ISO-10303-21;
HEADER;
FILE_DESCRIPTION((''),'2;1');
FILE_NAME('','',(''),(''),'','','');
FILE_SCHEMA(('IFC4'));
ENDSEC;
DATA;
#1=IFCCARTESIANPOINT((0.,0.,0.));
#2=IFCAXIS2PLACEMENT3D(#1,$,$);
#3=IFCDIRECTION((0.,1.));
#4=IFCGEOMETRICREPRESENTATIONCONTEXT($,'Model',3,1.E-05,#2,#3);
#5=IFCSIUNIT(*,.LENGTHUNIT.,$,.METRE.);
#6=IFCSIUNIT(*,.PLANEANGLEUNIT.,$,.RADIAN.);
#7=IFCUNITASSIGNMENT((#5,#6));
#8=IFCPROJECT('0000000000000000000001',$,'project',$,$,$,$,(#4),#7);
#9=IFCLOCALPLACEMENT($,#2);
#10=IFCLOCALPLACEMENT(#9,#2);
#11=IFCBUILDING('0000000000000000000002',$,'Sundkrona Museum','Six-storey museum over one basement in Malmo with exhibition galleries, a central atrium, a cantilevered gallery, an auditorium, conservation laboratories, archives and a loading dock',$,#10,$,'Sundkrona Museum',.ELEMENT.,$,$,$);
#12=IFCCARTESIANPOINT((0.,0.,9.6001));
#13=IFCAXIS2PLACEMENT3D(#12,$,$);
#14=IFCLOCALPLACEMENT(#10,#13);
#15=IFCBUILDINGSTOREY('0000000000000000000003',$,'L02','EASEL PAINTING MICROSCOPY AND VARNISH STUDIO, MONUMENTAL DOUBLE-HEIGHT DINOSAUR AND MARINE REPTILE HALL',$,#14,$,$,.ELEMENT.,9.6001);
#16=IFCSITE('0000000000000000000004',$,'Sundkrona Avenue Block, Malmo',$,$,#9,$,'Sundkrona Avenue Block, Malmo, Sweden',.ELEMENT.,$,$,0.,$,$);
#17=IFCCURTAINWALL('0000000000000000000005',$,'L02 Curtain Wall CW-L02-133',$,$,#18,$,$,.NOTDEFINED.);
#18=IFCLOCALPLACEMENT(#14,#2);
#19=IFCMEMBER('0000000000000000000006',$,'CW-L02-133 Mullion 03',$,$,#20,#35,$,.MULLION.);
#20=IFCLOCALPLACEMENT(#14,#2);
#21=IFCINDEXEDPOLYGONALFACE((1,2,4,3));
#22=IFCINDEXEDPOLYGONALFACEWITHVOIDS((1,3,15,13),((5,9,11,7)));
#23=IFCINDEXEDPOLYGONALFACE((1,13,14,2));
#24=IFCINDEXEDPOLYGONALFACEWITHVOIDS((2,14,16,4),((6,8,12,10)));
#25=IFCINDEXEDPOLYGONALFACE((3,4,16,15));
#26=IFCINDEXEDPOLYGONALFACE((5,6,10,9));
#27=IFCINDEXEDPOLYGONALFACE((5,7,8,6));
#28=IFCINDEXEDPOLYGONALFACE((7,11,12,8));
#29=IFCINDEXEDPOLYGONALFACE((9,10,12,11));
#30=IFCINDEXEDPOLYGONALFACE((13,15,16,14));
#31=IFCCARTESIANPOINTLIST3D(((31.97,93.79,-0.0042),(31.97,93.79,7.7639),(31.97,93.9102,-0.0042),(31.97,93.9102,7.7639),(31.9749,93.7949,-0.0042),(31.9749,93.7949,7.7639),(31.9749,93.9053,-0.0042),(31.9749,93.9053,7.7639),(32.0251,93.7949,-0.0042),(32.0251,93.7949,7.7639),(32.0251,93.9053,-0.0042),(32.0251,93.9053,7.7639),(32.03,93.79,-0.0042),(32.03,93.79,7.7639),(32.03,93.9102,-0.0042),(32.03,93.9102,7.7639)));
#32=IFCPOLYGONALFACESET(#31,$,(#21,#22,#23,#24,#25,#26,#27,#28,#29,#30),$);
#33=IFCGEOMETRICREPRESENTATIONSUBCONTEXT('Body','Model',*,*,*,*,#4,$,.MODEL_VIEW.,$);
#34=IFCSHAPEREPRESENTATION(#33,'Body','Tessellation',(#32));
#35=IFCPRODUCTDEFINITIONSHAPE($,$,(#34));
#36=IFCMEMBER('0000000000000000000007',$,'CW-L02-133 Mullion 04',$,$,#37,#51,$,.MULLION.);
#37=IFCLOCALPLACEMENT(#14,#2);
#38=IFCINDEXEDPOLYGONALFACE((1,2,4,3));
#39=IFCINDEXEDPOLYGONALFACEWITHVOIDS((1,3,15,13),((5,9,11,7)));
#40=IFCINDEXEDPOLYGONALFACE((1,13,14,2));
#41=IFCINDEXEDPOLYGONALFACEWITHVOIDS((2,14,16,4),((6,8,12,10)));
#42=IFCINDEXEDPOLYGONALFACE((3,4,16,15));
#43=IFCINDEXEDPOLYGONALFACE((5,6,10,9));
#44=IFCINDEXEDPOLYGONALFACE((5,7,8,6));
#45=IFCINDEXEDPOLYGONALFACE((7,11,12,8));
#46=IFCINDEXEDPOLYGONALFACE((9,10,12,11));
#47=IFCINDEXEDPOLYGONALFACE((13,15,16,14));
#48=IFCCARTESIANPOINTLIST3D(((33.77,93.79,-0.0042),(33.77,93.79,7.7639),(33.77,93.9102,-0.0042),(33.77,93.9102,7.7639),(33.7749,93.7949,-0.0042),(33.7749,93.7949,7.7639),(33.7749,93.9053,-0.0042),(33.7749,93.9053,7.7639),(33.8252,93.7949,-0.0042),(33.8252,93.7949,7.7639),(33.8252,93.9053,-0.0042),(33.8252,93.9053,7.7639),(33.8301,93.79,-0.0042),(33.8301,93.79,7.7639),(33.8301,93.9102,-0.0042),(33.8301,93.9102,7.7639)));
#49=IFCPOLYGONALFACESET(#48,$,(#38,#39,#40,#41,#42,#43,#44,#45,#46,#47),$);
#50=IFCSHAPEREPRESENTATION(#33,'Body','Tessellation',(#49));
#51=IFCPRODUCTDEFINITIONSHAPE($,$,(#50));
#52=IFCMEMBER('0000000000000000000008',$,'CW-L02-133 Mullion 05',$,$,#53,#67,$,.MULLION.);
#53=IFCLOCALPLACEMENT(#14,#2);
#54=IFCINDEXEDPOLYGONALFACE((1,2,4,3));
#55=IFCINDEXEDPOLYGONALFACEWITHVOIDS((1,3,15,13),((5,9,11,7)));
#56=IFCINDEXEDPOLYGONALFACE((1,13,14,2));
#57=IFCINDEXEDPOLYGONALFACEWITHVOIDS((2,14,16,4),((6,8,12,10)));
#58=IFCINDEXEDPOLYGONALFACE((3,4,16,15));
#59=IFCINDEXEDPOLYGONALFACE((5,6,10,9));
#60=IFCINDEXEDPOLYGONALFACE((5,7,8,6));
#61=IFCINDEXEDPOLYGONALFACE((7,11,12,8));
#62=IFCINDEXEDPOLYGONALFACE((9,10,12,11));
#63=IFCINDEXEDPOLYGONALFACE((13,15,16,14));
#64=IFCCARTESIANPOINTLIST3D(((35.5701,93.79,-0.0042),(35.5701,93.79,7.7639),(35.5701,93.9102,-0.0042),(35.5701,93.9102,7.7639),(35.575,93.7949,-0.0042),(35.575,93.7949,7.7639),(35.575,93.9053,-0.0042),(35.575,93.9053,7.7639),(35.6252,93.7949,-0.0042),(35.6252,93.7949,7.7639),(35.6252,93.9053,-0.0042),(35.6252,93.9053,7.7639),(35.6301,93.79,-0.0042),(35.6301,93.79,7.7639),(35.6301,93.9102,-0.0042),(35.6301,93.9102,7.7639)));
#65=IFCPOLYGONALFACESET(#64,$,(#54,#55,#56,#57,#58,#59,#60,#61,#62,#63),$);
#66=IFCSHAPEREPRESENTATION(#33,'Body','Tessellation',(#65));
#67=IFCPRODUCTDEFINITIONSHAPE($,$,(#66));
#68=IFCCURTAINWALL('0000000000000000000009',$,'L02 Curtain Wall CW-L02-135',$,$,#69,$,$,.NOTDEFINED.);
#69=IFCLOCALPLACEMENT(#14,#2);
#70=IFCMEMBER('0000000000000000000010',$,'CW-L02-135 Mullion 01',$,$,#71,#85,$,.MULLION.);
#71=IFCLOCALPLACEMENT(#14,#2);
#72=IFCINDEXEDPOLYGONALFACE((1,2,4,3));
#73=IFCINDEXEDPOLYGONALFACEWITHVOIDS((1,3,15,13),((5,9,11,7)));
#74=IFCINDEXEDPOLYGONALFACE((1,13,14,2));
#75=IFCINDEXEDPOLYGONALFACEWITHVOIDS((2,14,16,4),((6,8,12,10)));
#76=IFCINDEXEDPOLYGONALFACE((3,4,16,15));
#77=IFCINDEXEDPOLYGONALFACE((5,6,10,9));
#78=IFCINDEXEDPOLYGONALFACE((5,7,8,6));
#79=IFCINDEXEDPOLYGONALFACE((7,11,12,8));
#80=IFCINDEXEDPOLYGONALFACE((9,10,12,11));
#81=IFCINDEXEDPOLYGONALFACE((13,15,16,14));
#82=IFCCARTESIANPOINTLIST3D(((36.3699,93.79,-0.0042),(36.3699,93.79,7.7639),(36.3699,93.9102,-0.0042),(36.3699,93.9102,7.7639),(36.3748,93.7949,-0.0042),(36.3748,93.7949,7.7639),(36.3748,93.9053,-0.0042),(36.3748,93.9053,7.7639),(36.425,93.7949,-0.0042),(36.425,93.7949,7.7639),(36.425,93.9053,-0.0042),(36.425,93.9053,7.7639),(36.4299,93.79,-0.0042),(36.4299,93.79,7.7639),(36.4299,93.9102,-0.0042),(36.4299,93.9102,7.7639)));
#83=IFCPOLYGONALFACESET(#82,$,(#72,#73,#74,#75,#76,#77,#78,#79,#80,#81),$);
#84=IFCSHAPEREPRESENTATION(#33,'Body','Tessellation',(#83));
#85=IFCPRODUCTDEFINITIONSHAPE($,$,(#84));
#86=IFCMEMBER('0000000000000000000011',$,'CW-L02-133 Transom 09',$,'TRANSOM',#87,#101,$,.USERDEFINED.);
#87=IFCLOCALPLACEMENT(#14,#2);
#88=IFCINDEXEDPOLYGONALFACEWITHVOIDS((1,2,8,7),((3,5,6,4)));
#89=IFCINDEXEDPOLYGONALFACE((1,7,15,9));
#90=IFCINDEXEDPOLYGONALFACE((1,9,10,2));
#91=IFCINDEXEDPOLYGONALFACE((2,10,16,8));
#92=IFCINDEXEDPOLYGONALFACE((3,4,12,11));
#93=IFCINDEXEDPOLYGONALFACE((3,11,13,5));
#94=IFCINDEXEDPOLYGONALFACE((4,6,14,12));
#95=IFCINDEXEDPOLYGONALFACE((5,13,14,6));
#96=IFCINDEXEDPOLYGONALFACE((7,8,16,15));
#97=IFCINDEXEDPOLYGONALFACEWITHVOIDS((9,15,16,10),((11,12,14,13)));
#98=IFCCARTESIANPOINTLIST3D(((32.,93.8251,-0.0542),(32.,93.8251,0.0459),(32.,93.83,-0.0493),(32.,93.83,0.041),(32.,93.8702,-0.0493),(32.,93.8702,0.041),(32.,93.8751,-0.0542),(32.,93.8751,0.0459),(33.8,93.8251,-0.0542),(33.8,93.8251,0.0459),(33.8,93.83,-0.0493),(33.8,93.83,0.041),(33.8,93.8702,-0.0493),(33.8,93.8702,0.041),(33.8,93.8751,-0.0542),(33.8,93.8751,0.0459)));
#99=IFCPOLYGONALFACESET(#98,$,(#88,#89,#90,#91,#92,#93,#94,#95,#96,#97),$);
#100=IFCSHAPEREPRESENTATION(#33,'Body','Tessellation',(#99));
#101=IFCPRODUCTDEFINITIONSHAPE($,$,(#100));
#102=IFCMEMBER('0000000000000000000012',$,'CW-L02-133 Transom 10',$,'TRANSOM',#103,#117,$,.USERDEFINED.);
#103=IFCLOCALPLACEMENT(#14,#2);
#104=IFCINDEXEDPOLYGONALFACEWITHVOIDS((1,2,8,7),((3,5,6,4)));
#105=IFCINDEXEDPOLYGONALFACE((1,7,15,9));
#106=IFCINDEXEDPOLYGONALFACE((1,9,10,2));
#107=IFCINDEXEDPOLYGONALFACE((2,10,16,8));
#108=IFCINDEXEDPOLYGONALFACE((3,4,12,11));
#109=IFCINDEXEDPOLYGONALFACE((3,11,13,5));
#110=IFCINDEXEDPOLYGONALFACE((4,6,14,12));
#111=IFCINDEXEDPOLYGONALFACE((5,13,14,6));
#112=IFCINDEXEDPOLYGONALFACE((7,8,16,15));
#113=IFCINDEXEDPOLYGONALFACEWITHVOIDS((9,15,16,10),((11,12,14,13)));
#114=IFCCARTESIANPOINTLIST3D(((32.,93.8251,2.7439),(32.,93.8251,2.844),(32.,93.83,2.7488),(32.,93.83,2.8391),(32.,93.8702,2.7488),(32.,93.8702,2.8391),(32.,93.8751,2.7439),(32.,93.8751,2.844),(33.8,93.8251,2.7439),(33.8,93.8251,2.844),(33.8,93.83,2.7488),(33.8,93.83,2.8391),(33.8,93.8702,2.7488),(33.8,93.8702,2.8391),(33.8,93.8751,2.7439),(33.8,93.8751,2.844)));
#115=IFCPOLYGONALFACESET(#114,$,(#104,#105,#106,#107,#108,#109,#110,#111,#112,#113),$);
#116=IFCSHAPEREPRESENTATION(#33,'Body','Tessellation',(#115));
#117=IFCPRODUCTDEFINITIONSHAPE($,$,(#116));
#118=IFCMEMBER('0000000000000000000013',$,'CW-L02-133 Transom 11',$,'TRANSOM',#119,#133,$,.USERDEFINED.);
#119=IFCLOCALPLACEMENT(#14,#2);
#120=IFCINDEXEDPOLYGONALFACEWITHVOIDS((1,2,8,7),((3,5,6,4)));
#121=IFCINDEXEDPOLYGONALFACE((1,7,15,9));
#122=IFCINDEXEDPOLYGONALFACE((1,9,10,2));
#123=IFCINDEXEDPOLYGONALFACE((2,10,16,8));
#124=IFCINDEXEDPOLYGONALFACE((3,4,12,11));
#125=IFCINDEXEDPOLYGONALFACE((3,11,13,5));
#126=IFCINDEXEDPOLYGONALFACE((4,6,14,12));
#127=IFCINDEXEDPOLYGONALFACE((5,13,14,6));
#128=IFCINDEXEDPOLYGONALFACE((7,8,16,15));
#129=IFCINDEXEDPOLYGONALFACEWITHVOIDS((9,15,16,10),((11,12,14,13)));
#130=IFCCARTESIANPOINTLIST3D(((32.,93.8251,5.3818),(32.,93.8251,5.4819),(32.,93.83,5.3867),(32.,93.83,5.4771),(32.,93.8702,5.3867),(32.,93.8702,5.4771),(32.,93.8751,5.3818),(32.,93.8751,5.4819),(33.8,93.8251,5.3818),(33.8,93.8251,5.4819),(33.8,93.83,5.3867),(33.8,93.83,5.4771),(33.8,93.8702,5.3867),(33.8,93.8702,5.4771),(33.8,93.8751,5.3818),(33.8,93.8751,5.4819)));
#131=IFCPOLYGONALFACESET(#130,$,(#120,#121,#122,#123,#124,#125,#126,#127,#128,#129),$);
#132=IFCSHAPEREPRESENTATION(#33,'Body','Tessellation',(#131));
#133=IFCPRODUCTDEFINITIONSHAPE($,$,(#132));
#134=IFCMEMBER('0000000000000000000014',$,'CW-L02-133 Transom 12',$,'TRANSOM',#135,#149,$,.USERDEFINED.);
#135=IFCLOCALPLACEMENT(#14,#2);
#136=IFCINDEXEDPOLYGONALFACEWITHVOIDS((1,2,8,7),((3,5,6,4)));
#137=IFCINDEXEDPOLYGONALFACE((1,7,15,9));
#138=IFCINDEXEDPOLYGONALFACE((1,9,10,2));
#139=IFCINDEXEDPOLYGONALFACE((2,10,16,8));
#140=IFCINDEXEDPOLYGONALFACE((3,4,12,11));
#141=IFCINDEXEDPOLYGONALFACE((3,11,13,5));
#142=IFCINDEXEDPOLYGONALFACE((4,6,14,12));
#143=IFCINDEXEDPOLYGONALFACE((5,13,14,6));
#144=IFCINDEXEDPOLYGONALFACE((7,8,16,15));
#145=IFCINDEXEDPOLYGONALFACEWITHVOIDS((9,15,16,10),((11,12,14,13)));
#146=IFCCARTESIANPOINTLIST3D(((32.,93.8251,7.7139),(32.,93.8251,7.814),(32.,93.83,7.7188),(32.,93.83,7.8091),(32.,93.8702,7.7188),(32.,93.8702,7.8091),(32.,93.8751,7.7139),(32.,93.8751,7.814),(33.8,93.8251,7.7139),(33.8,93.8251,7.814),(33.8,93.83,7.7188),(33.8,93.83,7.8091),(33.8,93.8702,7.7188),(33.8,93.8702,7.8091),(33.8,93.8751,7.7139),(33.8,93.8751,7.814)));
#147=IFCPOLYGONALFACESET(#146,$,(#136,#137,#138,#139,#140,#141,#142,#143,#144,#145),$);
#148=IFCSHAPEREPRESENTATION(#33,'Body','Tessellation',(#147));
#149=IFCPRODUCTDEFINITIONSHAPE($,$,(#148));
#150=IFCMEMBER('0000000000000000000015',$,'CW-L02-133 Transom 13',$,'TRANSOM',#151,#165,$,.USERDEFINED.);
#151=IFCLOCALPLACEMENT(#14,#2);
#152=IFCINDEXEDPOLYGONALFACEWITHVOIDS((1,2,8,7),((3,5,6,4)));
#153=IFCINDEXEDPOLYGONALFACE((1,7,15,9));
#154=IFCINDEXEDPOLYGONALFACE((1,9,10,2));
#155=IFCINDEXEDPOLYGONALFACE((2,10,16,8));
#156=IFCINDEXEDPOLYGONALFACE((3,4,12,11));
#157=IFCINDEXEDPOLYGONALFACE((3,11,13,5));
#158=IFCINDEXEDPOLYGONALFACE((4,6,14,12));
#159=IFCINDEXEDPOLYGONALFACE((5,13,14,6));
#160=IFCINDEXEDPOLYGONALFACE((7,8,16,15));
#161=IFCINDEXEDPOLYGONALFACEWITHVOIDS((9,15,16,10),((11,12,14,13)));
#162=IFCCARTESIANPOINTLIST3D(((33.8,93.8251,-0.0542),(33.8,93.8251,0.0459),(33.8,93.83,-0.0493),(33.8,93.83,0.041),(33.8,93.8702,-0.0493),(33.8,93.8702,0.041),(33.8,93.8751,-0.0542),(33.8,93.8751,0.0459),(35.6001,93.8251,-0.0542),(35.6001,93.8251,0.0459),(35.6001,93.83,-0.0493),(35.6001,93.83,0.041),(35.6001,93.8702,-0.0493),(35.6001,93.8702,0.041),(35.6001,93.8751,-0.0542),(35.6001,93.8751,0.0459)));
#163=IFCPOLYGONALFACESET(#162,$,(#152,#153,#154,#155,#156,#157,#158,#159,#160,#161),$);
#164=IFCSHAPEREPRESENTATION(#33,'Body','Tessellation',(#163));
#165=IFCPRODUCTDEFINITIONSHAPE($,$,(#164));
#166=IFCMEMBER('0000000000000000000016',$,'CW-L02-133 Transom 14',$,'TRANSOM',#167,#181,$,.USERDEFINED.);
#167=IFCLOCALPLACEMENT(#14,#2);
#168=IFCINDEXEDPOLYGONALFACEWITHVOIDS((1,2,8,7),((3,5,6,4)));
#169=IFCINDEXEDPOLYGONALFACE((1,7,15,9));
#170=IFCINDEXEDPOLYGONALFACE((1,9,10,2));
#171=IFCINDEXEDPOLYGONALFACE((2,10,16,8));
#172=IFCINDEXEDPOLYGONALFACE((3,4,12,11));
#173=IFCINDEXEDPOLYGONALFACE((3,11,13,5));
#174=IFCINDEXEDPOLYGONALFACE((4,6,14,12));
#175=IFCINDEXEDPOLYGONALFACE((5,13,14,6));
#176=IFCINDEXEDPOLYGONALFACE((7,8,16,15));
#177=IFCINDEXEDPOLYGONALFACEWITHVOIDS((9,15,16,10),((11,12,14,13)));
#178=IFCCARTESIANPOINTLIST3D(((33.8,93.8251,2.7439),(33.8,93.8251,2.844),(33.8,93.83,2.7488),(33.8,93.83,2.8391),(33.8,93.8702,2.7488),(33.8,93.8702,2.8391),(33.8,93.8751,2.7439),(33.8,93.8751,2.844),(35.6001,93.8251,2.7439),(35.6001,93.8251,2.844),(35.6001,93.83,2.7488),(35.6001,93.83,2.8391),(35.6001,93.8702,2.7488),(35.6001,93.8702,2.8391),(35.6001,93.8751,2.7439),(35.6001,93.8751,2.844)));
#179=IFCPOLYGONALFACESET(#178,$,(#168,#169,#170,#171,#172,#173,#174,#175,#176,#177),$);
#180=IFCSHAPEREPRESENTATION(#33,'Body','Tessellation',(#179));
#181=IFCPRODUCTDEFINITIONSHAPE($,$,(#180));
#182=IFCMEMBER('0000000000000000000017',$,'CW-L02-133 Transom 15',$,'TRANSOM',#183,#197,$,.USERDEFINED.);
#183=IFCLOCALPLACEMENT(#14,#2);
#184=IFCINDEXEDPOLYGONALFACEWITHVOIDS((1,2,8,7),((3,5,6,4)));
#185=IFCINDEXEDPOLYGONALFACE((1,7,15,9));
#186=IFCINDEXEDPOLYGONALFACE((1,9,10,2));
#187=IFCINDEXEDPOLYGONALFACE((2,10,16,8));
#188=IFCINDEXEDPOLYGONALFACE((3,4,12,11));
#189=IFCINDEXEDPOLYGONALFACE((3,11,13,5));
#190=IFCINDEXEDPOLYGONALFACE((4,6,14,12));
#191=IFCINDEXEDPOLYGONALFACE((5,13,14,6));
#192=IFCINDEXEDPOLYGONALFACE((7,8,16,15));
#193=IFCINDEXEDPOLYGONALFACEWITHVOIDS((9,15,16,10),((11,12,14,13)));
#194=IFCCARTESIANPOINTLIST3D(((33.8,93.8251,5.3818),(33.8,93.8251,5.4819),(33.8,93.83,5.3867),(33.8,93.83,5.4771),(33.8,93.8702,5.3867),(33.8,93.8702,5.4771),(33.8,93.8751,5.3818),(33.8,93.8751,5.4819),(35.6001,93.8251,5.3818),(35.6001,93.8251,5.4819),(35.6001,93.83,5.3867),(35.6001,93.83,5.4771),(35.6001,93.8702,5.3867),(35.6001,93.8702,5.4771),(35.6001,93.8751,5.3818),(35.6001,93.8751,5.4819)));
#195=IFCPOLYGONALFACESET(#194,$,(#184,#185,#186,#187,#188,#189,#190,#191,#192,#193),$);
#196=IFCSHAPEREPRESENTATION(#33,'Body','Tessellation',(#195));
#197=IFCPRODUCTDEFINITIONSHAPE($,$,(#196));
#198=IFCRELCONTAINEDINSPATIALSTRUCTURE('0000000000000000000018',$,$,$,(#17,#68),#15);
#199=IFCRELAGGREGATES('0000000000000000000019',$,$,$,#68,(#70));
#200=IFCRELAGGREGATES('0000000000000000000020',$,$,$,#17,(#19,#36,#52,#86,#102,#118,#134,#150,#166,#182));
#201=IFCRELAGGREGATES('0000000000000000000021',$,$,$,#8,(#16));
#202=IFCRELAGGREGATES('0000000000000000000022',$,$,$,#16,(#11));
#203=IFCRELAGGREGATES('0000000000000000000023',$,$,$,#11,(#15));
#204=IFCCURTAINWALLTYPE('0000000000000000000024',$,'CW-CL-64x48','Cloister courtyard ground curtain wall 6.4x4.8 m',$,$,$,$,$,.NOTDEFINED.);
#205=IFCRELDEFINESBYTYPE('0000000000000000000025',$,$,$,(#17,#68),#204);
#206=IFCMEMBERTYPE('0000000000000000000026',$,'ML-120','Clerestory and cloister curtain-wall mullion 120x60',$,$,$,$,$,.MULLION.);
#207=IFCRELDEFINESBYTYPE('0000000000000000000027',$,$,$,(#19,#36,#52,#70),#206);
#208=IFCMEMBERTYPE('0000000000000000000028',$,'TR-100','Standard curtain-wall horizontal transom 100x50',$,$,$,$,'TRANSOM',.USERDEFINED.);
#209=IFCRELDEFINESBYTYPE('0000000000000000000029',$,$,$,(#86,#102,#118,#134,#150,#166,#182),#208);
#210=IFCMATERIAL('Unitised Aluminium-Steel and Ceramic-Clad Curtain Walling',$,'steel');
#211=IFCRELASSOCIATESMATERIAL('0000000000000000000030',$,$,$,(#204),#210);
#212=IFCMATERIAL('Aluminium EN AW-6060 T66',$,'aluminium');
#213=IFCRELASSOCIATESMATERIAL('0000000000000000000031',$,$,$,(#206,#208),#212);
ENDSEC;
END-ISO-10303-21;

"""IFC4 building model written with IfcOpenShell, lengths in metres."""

from ifc_helpers import new_model, si_unit, direction, frame, origin, origin_2d, place, context, subcontext, project, spatial, hollow_rectangle, extrude, material, material_profile, profile_set, type_object, element, aggregate, save


model = new_model("IFC4")

# Units and contexts
model_context = context("Model", 3, precision=1e-05, world=origin(), true_north=direction((0.0, 1.0)))
body_context = subcontext(model_context, "Body", "Model", "MODEL_VIEW")
ifc_project = project(units=[si_unit("LENGTHUNIT", "METRE"), si_unit("PLANEANGLEUNIT", "RADIAN")], contexts=[model_context])

# Site, building, storey
site_placement = place(None, origin())
site = spatial("IfcSite", under=ifc_project, at=site_placement, Name="Sundkrona Avenue Block, Malmo", LongName="Sundkrona Avenue Block, Malmo, Sweden", CompositionType="ELEMENT", RefElevation=0.0)
building_placement = place(site_placement, origin())
building = spatial("IfcBuilding", under=site, at=building_placement, Name="Sundkrona Museum", Description="Six-storey museum over one basement in Malmo with exhibition galleries, a central atrium, a cantilevered gallery, an auditorium, conservation laboratories, archives and a loading dock", LongName="Sundkrona Museum", CompositionType="ELEMENT")
storey_placement = place(building_placement, frame((0.0, 0.0, 9.6001)))
storey = spatial("IfcBuildingStorey", under=building, at=storey_placement, Name="L02", Description="EASEL PAINTING MICROSCOPY AND VARNISH STUDIO, MONUMENTAL DOUBLE-HEIGHT DINOSAUR AND MARINE REPTILE HALL", CompositionType="ELEMENT", Elevation=9.6001)

# Curtain wall, members
ifc_material_1 = material(Name="Unitised Aluminium-Steel and Ceramic-Clad Curtain Walling", Category="steel")
curtain_wall_type = type_object("IfcCurtainWallType", Name="CW-CL-64x48", Description="Cloister courtyard ground curtain wall 6.4x4.8 m", PredefinedType="NOTDEFINED", material=ifc_material_1)
curtain_wall_1_placement = place(storey_placement, origin())
curtain_wall_1 = element("IfcCurtainWall", 1, at=curtain_wall_1_placement, inside=storey, type_object=curtain_wall_type, Name="L02 Curtain Wall CW-L02-133", PredefinedType="NOTDEFINED")
ifc_material_2 = material(Name="Aluminium EN AW-6060 T66", Category="aluminium")
ifc_material_profile_1 = material_profile(ifc_material_2, hollow_rectangle(XDim=0.0601, YDim=0.1201, WallThickness=0.0049, at=origin_2d()), Name="RHS 120x60x5.0")
ifc_profile_set_1 = profile_set([ifc_material_profile_1], Name="Aluminium EN AW-6060 T66")
member_type_1 = type_object("IfcMemberType", Name="ML-120", Description="Clerestory and cloister curtain-wall mullion 120x60", PredefinedType="MULLION", material=ifc_profile_set_1)
member_1_placement = place(storey_placement, frame((32.0, 93.8501, -0.0042), z_axis=(0.0, 0.0, 1.0), x_axis=(1.0, 0.0, 0.0)))
member_1 = element("IfcMember", 2, at=member_1_placement, type_object=member_type_1, Name="CW-L02-133 Mullion 03", PredefinedType="MULLION", context=body_context, shape_type="SweptSolid", body=[
    extrude(hollow_rectangle(XDim=0.0601, YDim=0.1201, WallThickness=0.0049, at=origin_2d()), origin(), (0.0, 0.0, 1.0), 7.7681),
])
member_2_placement = place(storey_placement, frame((33.8, 93.8501, -0.0042), z_axis=(0.0, 0.0, 1.0), x_axis=(1.0, 0.0, 0.0)))
member_2 = element("IfcMember", 3, at=member_2_placement, type_object=member_type_1, Name="CW-L02-133 Mullion 04", PredefinedType="MULLION", context=body_context, shape_type="SweptSolid", body=[
    extrude(hollow_rectangle(XDim=0.0601, YDim=0.1201, WallThickness=0.0049, at=origin_2d()), origin(), (0.0, 0.0, 1.0), 7.7681),
])
member_3_placement = place(storey_placement, frame((35.6001, 93.8501, -0.0042), z_axis=(0.0, 0.0, 1.0), x_axis=(1.0, 0.0, 0.0)))
member_3 = element("IfcMember", 4, at=member_3_placement, type_object=member_type_1, Name="CW-L02-133 Mullion 05", PredefinedType="MULLION", context=body_context, shape_type="SweptSolid", body=[
    extrude(hollow_rectangle(XDim=0.0601, YDim=0.1201, WallThickness=0.0049, at=origin_2d()), origin(), (0.0, 0.0, 1.0), 7.7681),
])

# Curtain wall, member
curtain_wall_2_placement = place(storey_placement, origin())
curtain_wall_2 = element("IfcCurtainWall", 5, at=curtain_wall_2_placement, inside=storey, type_object=curtain_wall_type, Name="L02 Curtain Wall CW-L02-135", PredefinedType="NOTDEFINED")
member_4_placement = place(storey_placement, frame((36.3999, 93.8501, -0.0042), z_axis=(0.0, 0.0, 1.0), x_axis=(1.0, 0.0, 0.0)))
member_4 = element("IfcMember", 6, at=member_4_placement, type_object=member_type_1, Name="CW-L02-135 Mullion 01", PredefinedType="MULLION", context=body_context, shape_type="SweptSolid", body=[
    extrude(hollow_rectangle(XDim=0.0601, YDim=0.1201, WallThickness=0.0049, at=origin_2d()), origin(), (0.0, 0.0, 1.0), 7.7681),
])

# Members
ifc_material_profile_2 = material_profile(ifc_material_2, hollow_rectangle(XDim=0.05, YDim=0.1001, WallThickness=0.0049, at=origin_2d()), Name="RHS 100x50x5.0")
ifc_profile_set_2 = profile_set([ifc_material_profile_2], Name="Aluminium EN AW-6060 T66")
member_type_2 = type_object("IfcMemberType", Name="TR-100", Description="Standard curtain-wall horizontal transom 100x50", ElementType="TRANSOM", PredefinedType="USERDEFINED", material=ifc_profile_set_2)
member_5_placement = place(storey_placement, frame((32.0, 93.8501, -0.0042), z_axis=(1.0, 0.0, 0.0), x_axis=(0.0, 1.0, 0.0)))
member_5 = element("IfcMember", 7, at=member_5_placement, type_object=member_type_2, Name="CW-L02-133 Transom 09", ObjectType="TRANSOM", PredefinedType="USERDEFINED", context=body_context, shape_type="SweptSolid", body=[
    extrude(hollow_rectangle(XDim=0.05, YDim=0.1001, WallThickness=0.0049, at=origin_2d()), origin(), (0.0, 0.0, 1.0), 1.8),
])
member_6_placement = place(storey_placement, frame((32.0, 93.8501, 2.7939), z_axis=(1.0, 0.0, 0.0), x_axis=(0.0, 1.0, 0.0)))
member_6 = element("IfcMember", 8, at=member_6_placement, type_object=member_type_2, Name="CW-L02-133 Transom 10", ObjectType="TRANSOM", PredefinedType="USERDEFINED", context=body_context, shape_type="SweptSolid", body=[
    extrude(hollow_rectangle(XDim=0.05, YDim=0.1001, WallThickness=0.0049, at=origin_2d()), origin(), (0.0, 0.0, 1.0), 1.8),
])
member_7_placement = place(storey_placement, frame((32.0, 93.8501, 5.4319), z_axis=(1.0, 0.0, 0.0), x_axis=(0.0, 1.0, 0.0)))
member_7 = element("IfcMember", 9, at=member_7_placement, type_object=member_type_2, Name="CW-L02-133 Transom 11", ObjectType="TRANSOM", PredefinedType="USERDEFINED", context=body_context, shape_type="SweptSolid", body=[
    extrude(hollow_rectangle(XDim=0.05, YDim=0.1001, WallThickness=0.0049, at=origin_2d()), origin(), (0.0, 0.0, 1.0), 1.8),
])
member_8_placement = place(storey_placement, frame((32.0, 93.8501, 7.7639), z_axis=(1.0, 0.0, 0.0), x_axis=(0.0, 1.0, 0.0)))
member_8 = element("IfcMember", 10, at=member_8_placement, type_object=member_type_2, Name="CW-L02-133 Transom 12", ObjectType="TRANSOM", PredefinedType="USERDEFINED", context=body_context, shape_type="SweptSolid", body=[
    extrude(hollow_rectangle(XDim=0.05, YDim=0.1001, WallThickness=0.0049, at=origin_2d()), origin(), (0.0, 0.0, 1.0), 1.8),
])
member_9_placement = place(storey_placement, frame((33.8, 93.8501, -0.0042), z_axis=(1.0, 0.0, 0.0), x_axis=(0.0, 1.0, 0.0)))
member_9 = element("IfcMember", 11, at=member_9_placement, type_object=member_type_2, Name="CW-L02-133 Transom 13", ObjectType="TRANSOM", PredefinedType="USERDEFINED", context=body_context, shape_type="SweptSolid", body=[
    extrude(hollow_rectangle(XDim=0.05, YDim=0.1001, WallThickness=0.0049, at=origin_2d()), origin(), (0.0, 0.0, 1.0), 1.8),
])
member_10_placement = place(storey_placement, frame((33.8, 93.8501, 2.7939), z_axis=(1.0, 0.0, 0.0), x_axis=(0.0, 1.0, 0.0)))
member_10 = element("IfcMember", 12, at=member_10_placement, type_object=member_type_2, Name="CW-L02-133 Transom 14", ObjectType="TRANSOM", PredefinedType="USERDEFINED", context=body_context, shape_type="SweptSolid", body=[
    extrude(hollow_rectangle(XDim=0.05, YDim=0.1001, WallThickness=0.0049, at=origin_2d()), origin(), (0.0, 0.0, 1.0), 1.8),
])
member_11_placement = place(storey_placement, frame((33.8, 93.8501, 5.4319), z_axis=(1.0, 0.0, 0.0), x_axis=(0.0, 1.0, 0.0)))
member_11 = element("IfcMember", 13, at=member_11_placement, type_object=member_type_2, Name="CW-L02-133 Transom 15", ObjectType="TRANSOM", PredefinedType="USERDEFINED", context=body_context, shape_type="SweptSolid", body=[
    extrude(hollow_rectangle(XDim=0.05, YDim=0.1001, WallThickness=0.0049, at=origin_2d()), origin(), (0.0, 0.0, 1.0), 1.8),
])
aggregate(curtain_wall_2, [member_4])

aggregate(curtain_wall_1, [member_1, member_2, member_3, member_5, member_6, member_7, member_8, member_9, member_10, member_11])

save(model, "model.ifc")
